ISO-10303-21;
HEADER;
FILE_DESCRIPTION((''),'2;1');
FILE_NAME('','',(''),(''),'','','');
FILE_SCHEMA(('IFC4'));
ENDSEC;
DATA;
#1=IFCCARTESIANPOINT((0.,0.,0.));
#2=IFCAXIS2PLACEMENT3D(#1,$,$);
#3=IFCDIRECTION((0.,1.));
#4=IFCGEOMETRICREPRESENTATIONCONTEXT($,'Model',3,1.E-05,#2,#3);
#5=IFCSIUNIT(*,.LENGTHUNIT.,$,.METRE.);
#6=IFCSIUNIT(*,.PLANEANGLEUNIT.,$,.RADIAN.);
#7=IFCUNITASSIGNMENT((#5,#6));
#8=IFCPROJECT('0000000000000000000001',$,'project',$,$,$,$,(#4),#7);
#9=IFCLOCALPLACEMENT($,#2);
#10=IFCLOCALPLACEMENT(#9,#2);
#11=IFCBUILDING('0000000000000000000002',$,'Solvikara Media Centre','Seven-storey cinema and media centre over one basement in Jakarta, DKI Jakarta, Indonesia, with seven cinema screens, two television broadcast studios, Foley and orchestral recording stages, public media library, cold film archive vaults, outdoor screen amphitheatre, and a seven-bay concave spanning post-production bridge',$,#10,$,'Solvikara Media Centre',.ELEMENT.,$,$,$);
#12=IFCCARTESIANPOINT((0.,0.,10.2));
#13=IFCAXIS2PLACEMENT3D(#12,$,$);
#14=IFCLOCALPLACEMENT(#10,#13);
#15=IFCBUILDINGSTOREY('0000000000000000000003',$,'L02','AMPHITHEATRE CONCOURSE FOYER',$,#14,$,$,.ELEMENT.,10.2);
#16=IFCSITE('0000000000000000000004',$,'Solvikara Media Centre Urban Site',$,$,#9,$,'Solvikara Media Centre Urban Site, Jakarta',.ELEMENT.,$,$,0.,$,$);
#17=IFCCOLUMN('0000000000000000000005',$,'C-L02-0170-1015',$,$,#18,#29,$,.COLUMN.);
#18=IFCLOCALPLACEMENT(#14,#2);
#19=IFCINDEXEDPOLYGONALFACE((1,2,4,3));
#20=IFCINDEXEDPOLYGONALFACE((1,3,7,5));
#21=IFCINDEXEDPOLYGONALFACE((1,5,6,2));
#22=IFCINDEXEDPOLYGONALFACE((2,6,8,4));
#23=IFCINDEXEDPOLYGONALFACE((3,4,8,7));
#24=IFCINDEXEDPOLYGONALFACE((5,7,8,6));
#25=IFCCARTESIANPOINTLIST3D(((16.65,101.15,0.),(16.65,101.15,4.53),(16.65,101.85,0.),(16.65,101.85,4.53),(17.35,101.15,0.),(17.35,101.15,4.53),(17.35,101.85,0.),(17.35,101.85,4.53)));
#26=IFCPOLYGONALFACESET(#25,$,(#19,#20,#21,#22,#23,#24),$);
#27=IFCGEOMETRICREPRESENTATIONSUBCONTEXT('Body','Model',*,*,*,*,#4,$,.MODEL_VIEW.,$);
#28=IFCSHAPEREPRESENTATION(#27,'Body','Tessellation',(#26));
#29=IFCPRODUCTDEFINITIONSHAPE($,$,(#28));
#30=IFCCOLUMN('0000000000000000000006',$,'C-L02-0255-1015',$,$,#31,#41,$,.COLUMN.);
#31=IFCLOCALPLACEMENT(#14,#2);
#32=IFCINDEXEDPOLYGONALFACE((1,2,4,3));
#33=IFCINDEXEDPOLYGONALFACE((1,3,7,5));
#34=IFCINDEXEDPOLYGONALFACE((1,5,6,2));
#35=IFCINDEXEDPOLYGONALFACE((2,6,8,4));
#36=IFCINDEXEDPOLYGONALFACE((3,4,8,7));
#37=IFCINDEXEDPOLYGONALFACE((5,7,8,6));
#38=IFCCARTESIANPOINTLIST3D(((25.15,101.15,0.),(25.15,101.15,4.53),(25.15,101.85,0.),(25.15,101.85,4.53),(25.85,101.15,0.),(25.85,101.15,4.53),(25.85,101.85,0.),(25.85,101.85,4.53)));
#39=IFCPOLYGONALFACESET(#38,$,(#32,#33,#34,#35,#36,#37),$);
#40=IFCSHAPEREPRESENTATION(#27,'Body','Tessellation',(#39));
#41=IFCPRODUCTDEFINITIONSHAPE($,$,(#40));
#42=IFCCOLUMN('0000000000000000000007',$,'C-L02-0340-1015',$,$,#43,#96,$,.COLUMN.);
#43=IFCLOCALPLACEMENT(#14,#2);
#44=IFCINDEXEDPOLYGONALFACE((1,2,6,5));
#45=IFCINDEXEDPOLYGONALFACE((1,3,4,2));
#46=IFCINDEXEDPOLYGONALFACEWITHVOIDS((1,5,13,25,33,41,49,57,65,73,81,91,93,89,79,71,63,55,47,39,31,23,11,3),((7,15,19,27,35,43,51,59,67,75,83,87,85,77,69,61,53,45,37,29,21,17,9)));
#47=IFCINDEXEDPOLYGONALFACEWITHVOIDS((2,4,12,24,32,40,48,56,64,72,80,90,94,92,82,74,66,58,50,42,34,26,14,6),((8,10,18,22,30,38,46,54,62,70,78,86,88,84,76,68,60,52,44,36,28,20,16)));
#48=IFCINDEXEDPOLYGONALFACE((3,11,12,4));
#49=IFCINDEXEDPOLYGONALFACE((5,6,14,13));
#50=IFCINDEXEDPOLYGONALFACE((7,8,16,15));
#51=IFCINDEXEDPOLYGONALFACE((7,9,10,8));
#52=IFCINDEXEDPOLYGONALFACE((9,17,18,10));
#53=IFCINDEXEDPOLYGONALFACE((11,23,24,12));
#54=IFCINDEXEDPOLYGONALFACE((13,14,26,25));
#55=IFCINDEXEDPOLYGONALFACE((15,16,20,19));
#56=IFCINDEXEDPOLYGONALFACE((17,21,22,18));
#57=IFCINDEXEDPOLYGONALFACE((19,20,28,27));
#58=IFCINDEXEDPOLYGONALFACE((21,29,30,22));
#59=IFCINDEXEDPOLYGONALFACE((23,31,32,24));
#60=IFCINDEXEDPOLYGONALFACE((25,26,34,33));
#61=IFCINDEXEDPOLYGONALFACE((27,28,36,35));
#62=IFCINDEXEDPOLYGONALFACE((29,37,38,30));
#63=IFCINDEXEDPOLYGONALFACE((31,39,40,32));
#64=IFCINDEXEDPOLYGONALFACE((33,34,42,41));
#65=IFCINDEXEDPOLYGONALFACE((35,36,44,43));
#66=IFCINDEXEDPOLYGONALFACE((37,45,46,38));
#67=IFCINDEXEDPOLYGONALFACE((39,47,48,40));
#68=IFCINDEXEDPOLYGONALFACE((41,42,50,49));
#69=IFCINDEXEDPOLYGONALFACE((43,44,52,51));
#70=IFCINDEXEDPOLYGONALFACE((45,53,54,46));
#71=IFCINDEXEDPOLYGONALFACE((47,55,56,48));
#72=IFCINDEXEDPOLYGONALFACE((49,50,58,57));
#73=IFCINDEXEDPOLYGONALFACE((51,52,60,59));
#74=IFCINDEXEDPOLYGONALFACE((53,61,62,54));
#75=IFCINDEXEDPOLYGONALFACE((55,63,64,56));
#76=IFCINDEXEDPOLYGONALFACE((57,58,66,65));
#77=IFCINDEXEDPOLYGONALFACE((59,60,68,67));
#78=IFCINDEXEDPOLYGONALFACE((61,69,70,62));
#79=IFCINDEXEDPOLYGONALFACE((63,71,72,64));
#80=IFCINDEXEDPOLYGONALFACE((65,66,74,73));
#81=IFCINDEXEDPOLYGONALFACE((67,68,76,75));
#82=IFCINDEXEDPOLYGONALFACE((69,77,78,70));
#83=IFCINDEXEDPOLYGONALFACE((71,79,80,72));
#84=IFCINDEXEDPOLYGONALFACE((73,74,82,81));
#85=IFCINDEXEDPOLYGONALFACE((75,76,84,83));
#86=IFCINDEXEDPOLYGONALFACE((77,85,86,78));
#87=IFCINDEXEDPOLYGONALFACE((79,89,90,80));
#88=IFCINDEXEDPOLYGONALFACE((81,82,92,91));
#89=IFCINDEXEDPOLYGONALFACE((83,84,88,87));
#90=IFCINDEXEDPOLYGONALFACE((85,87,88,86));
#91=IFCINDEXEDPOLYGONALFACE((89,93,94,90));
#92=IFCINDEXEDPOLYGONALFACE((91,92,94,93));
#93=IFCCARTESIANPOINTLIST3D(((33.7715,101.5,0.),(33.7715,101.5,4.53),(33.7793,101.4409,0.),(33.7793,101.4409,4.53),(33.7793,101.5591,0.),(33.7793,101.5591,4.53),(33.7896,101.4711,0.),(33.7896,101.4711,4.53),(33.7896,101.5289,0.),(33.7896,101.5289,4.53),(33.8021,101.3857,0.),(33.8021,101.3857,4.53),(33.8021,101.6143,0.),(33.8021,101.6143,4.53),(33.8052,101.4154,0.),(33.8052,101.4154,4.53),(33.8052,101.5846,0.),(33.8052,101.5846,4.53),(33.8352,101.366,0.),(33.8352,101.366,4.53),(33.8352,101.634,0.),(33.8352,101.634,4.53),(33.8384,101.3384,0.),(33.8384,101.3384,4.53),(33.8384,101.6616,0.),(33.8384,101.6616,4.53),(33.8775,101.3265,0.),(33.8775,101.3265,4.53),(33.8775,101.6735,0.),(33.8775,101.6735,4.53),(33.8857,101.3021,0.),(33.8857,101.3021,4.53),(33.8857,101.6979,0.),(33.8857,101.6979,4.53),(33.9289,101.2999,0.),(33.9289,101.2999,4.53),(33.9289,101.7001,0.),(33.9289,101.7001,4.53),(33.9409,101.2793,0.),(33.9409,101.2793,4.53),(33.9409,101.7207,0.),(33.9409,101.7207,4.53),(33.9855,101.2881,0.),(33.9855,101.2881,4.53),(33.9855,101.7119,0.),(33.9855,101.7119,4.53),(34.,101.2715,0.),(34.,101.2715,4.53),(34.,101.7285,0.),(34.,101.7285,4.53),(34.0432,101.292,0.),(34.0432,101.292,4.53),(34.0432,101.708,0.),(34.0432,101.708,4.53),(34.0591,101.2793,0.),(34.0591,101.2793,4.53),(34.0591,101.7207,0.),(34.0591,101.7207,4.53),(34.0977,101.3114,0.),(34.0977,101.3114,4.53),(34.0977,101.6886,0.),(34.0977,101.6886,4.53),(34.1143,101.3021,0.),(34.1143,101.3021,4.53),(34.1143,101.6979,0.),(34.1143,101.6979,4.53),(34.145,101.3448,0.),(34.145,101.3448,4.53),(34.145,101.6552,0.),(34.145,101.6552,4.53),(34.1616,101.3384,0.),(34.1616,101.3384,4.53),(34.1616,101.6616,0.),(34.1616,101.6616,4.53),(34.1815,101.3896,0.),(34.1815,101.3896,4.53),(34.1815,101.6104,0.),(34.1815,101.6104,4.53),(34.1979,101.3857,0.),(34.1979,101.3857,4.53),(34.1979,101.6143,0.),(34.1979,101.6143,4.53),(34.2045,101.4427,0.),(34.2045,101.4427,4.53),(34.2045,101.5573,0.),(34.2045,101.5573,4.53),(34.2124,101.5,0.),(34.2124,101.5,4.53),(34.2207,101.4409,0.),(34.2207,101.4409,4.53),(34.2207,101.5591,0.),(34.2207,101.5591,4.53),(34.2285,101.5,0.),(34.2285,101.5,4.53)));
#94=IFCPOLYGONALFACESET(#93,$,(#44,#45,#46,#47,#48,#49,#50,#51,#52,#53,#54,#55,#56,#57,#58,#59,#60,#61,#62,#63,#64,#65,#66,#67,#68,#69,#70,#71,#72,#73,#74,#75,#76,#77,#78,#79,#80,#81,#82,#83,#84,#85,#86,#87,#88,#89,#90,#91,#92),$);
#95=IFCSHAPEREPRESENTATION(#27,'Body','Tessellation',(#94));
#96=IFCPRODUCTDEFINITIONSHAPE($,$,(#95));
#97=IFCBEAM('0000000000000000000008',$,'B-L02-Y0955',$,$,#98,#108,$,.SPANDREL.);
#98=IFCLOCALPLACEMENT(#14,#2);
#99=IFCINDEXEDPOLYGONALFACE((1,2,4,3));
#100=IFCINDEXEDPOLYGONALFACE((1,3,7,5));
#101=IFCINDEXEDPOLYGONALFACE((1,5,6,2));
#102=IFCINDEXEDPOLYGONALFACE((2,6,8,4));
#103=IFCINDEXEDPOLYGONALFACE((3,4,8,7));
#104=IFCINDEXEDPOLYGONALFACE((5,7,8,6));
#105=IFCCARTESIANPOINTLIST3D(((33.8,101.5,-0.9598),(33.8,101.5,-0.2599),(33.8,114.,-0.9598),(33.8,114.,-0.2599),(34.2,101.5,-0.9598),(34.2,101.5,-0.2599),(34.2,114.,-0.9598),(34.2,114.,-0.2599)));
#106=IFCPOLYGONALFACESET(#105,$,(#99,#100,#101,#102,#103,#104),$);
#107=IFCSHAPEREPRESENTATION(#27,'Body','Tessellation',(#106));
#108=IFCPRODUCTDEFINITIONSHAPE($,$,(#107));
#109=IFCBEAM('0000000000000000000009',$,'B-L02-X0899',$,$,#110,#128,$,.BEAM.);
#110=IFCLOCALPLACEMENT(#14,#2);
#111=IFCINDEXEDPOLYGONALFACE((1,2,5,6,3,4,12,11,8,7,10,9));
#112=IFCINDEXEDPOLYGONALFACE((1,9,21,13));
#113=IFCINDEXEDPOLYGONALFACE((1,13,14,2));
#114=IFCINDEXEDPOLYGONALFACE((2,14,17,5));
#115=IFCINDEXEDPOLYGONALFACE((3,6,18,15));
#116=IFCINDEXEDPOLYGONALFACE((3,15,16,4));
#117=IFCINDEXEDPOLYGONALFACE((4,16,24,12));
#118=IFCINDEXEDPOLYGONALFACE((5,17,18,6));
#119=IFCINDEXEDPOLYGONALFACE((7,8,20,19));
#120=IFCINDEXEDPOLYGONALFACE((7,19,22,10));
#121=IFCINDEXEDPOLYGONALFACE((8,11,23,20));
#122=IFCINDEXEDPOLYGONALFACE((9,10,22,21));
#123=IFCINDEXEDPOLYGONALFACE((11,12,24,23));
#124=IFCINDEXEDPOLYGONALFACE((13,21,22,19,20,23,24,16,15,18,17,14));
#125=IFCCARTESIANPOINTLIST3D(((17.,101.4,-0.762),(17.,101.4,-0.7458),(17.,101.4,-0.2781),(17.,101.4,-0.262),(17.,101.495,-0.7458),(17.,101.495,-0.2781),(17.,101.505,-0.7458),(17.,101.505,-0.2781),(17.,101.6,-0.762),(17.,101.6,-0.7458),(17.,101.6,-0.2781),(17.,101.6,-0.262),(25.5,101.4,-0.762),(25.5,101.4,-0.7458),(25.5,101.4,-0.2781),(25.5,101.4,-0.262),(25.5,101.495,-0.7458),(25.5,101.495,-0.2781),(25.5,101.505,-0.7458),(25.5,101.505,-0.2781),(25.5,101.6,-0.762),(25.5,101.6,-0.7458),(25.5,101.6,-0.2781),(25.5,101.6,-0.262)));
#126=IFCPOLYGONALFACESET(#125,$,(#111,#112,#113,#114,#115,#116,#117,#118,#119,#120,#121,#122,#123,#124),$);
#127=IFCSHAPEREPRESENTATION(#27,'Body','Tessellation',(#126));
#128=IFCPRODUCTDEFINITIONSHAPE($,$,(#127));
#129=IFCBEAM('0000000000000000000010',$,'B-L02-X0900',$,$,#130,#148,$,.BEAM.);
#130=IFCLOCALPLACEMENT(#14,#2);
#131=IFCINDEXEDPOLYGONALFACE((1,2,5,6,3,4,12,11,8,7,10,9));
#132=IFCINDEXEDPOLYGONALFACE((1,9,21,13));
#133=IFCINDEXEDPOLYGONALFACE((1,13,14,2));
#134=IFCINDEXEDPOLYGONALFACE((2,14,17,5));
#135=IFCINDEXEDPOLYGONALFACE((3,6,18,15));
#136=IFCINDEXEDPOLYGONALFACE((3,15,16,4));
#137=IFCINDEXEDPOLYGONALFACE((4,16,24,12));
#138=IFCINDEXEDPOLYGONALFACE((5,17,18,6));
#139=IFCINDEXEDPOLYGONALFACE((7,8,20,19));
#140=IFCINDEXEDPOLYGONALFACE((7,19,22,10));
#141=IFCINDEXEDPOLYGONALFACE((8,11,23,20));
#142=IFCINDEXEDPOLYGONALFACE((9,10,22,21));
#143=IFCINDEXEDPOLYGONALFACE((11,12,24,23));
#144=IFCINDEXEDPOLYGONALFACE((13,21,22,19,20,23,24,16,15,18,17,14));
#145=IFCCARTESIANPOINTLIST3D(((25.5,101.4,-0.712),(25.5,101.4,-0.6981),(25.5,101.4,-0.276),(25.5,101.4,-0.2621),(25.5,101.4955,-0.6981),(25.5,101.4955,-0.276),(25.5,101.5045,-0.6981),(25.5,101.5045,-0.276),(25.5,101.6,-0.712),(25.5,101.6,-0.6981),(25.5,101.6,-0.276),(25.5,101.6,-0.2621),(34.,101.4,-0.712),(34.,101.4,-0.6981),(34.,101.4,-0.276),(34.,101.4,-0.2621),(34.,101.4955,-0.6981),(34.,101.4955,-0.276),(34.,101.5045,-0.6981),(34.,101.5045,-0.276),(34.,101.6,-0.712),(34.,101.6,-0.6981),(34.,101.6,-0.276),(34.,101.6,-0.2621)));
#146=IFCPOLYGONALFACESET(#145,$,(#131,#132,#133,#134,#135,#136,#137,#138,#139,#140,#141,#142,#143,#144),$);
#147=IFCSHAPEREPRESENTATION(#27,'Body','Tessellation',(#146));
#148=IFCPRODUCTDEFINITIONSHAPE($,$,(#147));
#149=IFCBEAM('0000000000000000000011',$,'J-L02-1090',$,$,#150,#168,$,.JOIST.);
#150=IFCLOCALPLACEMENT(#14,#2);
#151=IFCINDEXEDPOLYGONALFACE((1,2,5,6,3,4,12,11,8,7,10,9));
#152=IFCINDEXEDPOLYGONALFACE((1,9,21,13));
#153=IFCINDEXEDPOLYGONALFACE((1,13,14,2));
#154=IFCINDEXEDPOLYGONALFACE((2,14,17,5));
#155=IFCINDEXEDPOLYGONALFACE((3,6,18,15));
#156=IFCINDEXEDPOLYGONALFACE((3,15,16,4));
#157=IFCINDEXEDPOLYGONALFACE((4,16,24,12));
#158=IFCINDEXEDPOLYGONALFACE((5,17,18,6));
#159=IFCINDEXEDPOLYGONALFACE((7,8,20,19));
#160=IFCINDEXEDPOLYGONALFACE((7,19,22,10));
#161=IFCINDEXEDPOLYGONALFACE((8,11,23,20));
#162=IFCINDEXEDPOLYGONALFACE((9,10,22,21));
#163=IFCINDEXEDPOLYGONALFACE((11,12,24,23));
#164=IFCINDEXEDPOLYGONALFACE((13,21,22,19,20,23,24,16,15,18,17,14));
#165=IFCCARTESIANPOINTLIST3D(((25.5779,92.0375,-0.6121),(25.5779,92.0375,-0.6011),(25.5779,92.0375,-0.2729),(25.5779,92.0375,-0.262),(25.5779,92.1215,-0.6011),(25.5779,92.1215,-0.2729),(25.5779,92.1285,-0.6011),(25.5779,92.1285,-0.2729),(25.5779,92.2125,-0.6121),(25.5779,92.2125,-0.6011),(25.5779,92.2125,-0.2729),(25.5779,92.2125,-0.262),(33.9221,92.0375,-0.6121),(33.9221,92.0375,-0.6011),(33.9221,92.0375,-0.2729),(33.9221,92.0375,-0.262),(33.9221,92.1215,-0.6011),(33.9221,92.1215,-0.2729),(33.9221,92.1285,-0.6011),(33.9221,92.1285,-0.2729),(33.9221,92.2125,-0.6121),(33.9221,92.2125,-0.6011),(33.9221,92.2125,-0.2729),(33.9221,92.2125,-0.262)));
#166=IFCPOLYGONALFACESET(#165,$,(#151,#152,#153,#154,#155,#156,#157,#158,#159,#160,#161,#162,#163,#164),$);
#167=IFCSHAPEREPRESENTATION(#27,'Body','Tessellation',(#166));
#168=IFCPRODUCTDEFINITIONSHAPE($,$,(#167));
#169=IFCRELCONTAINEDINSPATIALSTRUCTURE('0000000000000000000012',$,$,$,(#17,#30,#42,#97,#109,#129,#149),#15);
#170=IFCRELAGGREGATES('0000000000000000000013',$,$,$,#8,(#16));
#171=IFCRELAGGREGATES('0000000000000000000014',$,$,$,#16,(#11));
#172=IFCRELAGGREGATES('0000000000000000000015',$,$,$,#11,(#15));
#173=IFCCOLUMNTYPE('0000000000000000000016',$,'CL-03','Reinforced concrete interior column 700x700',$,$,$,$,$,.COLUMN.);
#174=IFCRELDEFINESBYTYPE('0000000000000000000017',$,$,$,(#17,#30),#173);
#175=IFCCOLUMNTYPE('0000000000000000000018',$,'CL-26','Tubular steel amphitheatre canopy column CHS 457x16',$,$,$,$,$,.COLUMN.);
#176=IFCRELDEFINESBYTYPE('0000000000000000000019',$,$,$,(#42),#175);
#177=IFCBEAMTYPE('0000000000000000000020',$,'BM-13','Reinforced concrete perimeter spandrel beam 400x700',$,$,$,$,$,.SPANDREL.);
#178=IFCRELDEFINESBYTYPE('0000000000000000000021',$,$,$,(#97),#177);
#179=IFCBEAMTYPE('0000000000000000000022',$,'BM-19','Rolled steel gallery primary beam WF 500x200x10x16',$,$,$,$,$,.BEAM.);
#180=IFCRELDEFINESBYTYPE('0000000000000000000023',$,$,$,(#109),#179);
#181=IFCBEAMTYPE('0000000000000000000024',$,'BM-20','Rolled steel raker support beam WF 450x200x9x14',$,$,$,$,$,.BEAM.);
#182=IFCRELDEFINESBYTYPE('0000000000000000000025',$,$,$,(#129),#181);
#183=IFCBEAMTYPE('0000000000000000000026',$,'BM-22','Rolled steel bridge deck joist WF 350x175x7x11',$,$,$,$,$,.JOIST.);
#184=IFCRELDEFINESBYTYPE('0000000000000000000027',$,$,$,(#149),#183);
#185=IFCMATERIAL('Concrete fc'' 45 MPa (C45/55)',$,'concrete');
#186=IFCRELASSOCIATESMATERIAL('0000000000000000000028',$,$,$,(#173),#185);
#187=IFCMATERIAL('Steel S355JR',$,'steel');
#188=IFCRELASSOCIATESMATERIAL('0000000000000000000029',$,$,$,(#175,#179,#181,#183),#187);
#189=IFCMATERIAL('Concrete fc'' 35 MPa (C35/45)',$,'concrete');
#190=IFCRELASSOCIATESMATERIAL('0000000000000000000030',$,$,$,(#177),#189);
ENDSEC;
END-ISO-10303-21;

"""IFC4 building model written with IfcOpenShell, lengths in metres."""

from ifc_helpers import new_model, si_unit, direction, frame, origin, origin_2d, place, context, subcontext, project, spatial, rectangle, hollow_circle, i_section, extrude, material, material_profile, profile_set, type_object, element, save


model = new_model("IFC4")

# Units and contexts
model_context = context("Model", 3, precision=1e-05, world=origin(), true_north=direction((0.0, 1.0)))
body_context = subcontext(model_context, "Body", "Model", "MODEL_VIEW")
ifc_project = project(units=[si_unit("LENGTHUNIT", "METRE"), si_unit("PLANEANGLEUNIT", "RADIAN")], contexts=[model_context])

# Site, building, storey
site_placement = place(None, origin())
site = spatial("IfcSite", under=ifc_project, at=site_placement, Name="Solvikara Media Centre Urban Site", LongName="Solvikara Media Centre Urban Site, Jakarta", CompositionType="ELEMENT", RefElevation=0.0)
building_placement = place(site_placement, origin())
building = spatial("IfcBuilding", under=site, at=building_placement, Name="Solvikara Media Centre", Description="Seven-storey cinema and media centre over one basement in Jakarta, DKI Jakarta, Indonesia, with seven cinema screens, two television broadcast studios, Foley and orchestral recording stages, public media library, cold film archive vaults, outdoor screen amphitheatre, and a seven-bay concave spanning post-production bridge", LongName="Solvikara Media Centre", CompositionType="ELEMENT")
storey_placement = place(building_placement, frame((0.0, 0.0, 10.2)))
storey = spatial("IfcBuildingStorey", under=building, at=storey_placement, Name="L02", Description="AMPHITHEATRE CONCOURSE FOYER", CompositionType="ELEMENT", Elevation=10.2)

# Columns
ifc_material_1 = material(Name="Concrete fc' 45 MPa (C45/55)", Category="concrete")
ifc_material_profile_1 = material_profile(ifc_material_1, rectangle(XDim=0.7, YDim=0.7, at=origin_2d()), Name="RC 700x700")
ifc_profile_set_1 = profile_set([ifc_material_profile_1], Name="Concrete fc' 45 MPa (C45/55)")
column_type_1 = type_object("IfcColumnType", Name="CL-03", Description="Reinforced concrete interior column 700x700", PredefinedType="COLUMN", material=ifc_profile_set_1)
for number, where, z_axis, x_axis, name in (
    (1, (17.0, 101.5, 0.0), (0.0, 0.0, 1.0), (1.0, 0.0, 0.0), "C-L02-0170-1015"),
    (2, (25.5, 101.5, 0.0), (0.0, 0.0, 1.0), (1.0, 0.0, 0.0), "C-L02-0255-1015"),
):
    element("IfcColumn", number, at=place(storey_placement, frame(where, z_axis=z_axis, x_axis=x_axis)), inside=storey, type_object=column_type_1, Name=name, PredefinedType="COLUMN", context=body_context, shape_type="SweptSolid", body=[
        extrude(rectangle(XDim=0.7, YDim=0.7, at=origin_2d()), origin(), (0.0, 0.0, 1.0), 4.53),
    ])
ifc_material_2 = material(Name="Steel S355JR", Category="steel")
ifc_material_profile_2 = material_profile(ifc_material_2, hollow_circle(Radius=0.2285, WallThickness=0.0161, at=origin_2d()), Name="CHS 457x16")
ifc_profile_set_2 = profile_set([ifc_material_profile_2], Name="Steel S355JR")
column_type_2 = type_object("IfcColumnType", Name="CL-26", Description="Tubular steel amphitheatre canopy column CHS 457x16", PredefinedType="COLUMN", material=ifc_profile_set_2)
column_placement = place(storey_placement, frame((34.0, 101.5, 0.0), z_axis=(0.0, 0.0, 1.0), x_axis=(1.0, 0.0, 0.0)))
element("IfcColumn", 3, at=column_placement, inside=storey, type_object=column_type_2, Name="C-L02-0340-1015", PredefinedType="COLUMN", context=body_context, shape_type="SweptSolid", body=[
    extrude(hollow_circle(Radius=0.2285, WallThickness=0.0161, at=origin_2d()), origin(), (0.0, 0.0, 1.0), 4.53),
])

# Beams
ifc_material_3 = material(Name="Concrete fc' 35 MPa (C35/45)", Category="concrete")
ifc_material_profile_3 = material_profile(ifc_material_3, rectangle(XDim=0.3999, YDim=0.7, at=origin_2d()), Name="RC 400x700")
ifc_profile_set_3 = profile_set([ifc_material_profile_3], Name="Concrete fc' 35 MPa (C35/45)")
beam_type_1 = type_object("IfcBeamType", Name="BM-13", Description="Reinforced concrete perimeter spandrel beam 400x700", PredefinedType="SPANDREL", material=ifc_profile_set_3)
beam_1_placement = place(storey_placement, frame((34.0, 101.5, -0.6099), z_axis=(0.0, 1.0, 0.0), x_axis=(-1.0, 0.0, 0.0)))
element("IfcBeam", 4, at=beam_1_placement, inside=storey, type_object=beam_type_1, Name="B-L02-Y0955", PredefinedType="SPANDREL", context=body_context, shape_type="SweptSolid", body=[
    extrude(rectangle(XDim=0.3999, YDim=0.7, at=origin_2d()), origin(), (0.0, 0.0, 1.0), 12.5),
])
ifc_material_profile_4 = material_profile(ifc_material_2, i_section(OverallWidth=0.2, OverallDepth=0.5, WebThickness=0.01, FlangeThickness=0.0161, at=origin_2d()), Name="WF 500x200x10x16")
ifc_profile_set_4 = profile_set([ifc_material_profile_4], Name="Steel S355JR")
beam_type_2 = type_object("IfcBeamType", Name="BM-19", Description="Rolled steel gallery primary beam WF 500x200x10x16", PredefinedType="BEAM", material=ifc_profile_set_4)
beam_2_placement = place(storey_placement, frame((17.0, 101.5, -0.512), z_axis=(1.0, 0.0, 0.0), x_axis=(0.0, 1.0, 0.0)))
element("IfcBeam", 5, at=beam_2_placement, inside=storey, type_object=beam_type_2, Name="B-L02-X0899", PredefinedType="BEAM", context=body_context, shape_type="SweptSolid", body=[
    extrude(i_section(OverallWidth=0.2, OverallDepth=0.5, WebThickness=0.01, FlangeThickness=0.0161, at=origin_2d()), origin(), (0.0, 0.0, 1.0), 8.5),
])
ifc_material_profile_5 = material_profile(ifc_material_2, i_section(OverallWidth=0.2, OverallDepth=0.45, WebThickness=0.009, FlangeThickness=0.0139, at=origin_2d()), Name="WF 450x200x9x14")
ifc_profile_set_5 = profile_set([ifc_material_profile_5], Name="Steel S355JR")
beam_type_3 = type_object("IfcBeamType", Name="BM-20", Description="Rolled steel raker support beam WF 450x200x9x14", PredefinedType="BEAM", material=ifc_profile_set_5)
beam_3_placement = place(storey_placement, frame((25.5, 101.5, -0.4871), z_axis=(1.0, 0.0, 0.0), x_axis=(0.0, 1.0, 0.0)))
element("IfcBeam", 6, at=beam_3_placement, inside=storey, type_object=beam_type_3, Name="B-L02-X0900", PredefinedType="BEAM", context=body_context, shape_type="SweptSolid", body=[
    extrude(i_section(OverallWidth=0.2, OverallDepth=0.45, WebThickness=0.009, FlangeThickness=0.0139, at=origin_2d()), origin(), (0.0, 0.0, 1.0), 8.5),
])
ifc_material_profile_6 = material_profile(ifc_material_2, i_section(OverallWidth=0.175, OverallDepth=0.3501, WebThickness=0.0071, FlangeThickness=0.011, at=origin_2d()), Name="WF 350x175x7x11")
ifc_profile_set_6 = profile_set([ifc_material_profile_6], Name="Steel S355JR")
beam_type_4 = type_object("IfcBeamType", Name="BM-22", Description="Rolled steel bridge deck joist WF 350x175x7x11", PredefinedType="JOIST", material=ifc_profile_set_6)
beam_4_placement = place(storey_placement, frame((25.5779, 92.125, -0.437), z_axis=(1.0, 0.0, 0.0), x_axis=(0.0, 1.0, 0.0)))
element("IfcBeam", 7, at=beam_4_placement, inside=storey, type_object=beam_type_4, Name="J-L02-1090", PredefinedType="JOIST", context=body_context, shape_type="SweptSolid", body=[
    extrude(i_section(OverallWidth=0.175, OverallDepth=0.3501, WebThickness=0.0071, FlangeThickness=0.011, at=origin_2d()), origin(), (0.0, 0.0, 1.0), 8.3442),
])

save(model, "model.ifc")
